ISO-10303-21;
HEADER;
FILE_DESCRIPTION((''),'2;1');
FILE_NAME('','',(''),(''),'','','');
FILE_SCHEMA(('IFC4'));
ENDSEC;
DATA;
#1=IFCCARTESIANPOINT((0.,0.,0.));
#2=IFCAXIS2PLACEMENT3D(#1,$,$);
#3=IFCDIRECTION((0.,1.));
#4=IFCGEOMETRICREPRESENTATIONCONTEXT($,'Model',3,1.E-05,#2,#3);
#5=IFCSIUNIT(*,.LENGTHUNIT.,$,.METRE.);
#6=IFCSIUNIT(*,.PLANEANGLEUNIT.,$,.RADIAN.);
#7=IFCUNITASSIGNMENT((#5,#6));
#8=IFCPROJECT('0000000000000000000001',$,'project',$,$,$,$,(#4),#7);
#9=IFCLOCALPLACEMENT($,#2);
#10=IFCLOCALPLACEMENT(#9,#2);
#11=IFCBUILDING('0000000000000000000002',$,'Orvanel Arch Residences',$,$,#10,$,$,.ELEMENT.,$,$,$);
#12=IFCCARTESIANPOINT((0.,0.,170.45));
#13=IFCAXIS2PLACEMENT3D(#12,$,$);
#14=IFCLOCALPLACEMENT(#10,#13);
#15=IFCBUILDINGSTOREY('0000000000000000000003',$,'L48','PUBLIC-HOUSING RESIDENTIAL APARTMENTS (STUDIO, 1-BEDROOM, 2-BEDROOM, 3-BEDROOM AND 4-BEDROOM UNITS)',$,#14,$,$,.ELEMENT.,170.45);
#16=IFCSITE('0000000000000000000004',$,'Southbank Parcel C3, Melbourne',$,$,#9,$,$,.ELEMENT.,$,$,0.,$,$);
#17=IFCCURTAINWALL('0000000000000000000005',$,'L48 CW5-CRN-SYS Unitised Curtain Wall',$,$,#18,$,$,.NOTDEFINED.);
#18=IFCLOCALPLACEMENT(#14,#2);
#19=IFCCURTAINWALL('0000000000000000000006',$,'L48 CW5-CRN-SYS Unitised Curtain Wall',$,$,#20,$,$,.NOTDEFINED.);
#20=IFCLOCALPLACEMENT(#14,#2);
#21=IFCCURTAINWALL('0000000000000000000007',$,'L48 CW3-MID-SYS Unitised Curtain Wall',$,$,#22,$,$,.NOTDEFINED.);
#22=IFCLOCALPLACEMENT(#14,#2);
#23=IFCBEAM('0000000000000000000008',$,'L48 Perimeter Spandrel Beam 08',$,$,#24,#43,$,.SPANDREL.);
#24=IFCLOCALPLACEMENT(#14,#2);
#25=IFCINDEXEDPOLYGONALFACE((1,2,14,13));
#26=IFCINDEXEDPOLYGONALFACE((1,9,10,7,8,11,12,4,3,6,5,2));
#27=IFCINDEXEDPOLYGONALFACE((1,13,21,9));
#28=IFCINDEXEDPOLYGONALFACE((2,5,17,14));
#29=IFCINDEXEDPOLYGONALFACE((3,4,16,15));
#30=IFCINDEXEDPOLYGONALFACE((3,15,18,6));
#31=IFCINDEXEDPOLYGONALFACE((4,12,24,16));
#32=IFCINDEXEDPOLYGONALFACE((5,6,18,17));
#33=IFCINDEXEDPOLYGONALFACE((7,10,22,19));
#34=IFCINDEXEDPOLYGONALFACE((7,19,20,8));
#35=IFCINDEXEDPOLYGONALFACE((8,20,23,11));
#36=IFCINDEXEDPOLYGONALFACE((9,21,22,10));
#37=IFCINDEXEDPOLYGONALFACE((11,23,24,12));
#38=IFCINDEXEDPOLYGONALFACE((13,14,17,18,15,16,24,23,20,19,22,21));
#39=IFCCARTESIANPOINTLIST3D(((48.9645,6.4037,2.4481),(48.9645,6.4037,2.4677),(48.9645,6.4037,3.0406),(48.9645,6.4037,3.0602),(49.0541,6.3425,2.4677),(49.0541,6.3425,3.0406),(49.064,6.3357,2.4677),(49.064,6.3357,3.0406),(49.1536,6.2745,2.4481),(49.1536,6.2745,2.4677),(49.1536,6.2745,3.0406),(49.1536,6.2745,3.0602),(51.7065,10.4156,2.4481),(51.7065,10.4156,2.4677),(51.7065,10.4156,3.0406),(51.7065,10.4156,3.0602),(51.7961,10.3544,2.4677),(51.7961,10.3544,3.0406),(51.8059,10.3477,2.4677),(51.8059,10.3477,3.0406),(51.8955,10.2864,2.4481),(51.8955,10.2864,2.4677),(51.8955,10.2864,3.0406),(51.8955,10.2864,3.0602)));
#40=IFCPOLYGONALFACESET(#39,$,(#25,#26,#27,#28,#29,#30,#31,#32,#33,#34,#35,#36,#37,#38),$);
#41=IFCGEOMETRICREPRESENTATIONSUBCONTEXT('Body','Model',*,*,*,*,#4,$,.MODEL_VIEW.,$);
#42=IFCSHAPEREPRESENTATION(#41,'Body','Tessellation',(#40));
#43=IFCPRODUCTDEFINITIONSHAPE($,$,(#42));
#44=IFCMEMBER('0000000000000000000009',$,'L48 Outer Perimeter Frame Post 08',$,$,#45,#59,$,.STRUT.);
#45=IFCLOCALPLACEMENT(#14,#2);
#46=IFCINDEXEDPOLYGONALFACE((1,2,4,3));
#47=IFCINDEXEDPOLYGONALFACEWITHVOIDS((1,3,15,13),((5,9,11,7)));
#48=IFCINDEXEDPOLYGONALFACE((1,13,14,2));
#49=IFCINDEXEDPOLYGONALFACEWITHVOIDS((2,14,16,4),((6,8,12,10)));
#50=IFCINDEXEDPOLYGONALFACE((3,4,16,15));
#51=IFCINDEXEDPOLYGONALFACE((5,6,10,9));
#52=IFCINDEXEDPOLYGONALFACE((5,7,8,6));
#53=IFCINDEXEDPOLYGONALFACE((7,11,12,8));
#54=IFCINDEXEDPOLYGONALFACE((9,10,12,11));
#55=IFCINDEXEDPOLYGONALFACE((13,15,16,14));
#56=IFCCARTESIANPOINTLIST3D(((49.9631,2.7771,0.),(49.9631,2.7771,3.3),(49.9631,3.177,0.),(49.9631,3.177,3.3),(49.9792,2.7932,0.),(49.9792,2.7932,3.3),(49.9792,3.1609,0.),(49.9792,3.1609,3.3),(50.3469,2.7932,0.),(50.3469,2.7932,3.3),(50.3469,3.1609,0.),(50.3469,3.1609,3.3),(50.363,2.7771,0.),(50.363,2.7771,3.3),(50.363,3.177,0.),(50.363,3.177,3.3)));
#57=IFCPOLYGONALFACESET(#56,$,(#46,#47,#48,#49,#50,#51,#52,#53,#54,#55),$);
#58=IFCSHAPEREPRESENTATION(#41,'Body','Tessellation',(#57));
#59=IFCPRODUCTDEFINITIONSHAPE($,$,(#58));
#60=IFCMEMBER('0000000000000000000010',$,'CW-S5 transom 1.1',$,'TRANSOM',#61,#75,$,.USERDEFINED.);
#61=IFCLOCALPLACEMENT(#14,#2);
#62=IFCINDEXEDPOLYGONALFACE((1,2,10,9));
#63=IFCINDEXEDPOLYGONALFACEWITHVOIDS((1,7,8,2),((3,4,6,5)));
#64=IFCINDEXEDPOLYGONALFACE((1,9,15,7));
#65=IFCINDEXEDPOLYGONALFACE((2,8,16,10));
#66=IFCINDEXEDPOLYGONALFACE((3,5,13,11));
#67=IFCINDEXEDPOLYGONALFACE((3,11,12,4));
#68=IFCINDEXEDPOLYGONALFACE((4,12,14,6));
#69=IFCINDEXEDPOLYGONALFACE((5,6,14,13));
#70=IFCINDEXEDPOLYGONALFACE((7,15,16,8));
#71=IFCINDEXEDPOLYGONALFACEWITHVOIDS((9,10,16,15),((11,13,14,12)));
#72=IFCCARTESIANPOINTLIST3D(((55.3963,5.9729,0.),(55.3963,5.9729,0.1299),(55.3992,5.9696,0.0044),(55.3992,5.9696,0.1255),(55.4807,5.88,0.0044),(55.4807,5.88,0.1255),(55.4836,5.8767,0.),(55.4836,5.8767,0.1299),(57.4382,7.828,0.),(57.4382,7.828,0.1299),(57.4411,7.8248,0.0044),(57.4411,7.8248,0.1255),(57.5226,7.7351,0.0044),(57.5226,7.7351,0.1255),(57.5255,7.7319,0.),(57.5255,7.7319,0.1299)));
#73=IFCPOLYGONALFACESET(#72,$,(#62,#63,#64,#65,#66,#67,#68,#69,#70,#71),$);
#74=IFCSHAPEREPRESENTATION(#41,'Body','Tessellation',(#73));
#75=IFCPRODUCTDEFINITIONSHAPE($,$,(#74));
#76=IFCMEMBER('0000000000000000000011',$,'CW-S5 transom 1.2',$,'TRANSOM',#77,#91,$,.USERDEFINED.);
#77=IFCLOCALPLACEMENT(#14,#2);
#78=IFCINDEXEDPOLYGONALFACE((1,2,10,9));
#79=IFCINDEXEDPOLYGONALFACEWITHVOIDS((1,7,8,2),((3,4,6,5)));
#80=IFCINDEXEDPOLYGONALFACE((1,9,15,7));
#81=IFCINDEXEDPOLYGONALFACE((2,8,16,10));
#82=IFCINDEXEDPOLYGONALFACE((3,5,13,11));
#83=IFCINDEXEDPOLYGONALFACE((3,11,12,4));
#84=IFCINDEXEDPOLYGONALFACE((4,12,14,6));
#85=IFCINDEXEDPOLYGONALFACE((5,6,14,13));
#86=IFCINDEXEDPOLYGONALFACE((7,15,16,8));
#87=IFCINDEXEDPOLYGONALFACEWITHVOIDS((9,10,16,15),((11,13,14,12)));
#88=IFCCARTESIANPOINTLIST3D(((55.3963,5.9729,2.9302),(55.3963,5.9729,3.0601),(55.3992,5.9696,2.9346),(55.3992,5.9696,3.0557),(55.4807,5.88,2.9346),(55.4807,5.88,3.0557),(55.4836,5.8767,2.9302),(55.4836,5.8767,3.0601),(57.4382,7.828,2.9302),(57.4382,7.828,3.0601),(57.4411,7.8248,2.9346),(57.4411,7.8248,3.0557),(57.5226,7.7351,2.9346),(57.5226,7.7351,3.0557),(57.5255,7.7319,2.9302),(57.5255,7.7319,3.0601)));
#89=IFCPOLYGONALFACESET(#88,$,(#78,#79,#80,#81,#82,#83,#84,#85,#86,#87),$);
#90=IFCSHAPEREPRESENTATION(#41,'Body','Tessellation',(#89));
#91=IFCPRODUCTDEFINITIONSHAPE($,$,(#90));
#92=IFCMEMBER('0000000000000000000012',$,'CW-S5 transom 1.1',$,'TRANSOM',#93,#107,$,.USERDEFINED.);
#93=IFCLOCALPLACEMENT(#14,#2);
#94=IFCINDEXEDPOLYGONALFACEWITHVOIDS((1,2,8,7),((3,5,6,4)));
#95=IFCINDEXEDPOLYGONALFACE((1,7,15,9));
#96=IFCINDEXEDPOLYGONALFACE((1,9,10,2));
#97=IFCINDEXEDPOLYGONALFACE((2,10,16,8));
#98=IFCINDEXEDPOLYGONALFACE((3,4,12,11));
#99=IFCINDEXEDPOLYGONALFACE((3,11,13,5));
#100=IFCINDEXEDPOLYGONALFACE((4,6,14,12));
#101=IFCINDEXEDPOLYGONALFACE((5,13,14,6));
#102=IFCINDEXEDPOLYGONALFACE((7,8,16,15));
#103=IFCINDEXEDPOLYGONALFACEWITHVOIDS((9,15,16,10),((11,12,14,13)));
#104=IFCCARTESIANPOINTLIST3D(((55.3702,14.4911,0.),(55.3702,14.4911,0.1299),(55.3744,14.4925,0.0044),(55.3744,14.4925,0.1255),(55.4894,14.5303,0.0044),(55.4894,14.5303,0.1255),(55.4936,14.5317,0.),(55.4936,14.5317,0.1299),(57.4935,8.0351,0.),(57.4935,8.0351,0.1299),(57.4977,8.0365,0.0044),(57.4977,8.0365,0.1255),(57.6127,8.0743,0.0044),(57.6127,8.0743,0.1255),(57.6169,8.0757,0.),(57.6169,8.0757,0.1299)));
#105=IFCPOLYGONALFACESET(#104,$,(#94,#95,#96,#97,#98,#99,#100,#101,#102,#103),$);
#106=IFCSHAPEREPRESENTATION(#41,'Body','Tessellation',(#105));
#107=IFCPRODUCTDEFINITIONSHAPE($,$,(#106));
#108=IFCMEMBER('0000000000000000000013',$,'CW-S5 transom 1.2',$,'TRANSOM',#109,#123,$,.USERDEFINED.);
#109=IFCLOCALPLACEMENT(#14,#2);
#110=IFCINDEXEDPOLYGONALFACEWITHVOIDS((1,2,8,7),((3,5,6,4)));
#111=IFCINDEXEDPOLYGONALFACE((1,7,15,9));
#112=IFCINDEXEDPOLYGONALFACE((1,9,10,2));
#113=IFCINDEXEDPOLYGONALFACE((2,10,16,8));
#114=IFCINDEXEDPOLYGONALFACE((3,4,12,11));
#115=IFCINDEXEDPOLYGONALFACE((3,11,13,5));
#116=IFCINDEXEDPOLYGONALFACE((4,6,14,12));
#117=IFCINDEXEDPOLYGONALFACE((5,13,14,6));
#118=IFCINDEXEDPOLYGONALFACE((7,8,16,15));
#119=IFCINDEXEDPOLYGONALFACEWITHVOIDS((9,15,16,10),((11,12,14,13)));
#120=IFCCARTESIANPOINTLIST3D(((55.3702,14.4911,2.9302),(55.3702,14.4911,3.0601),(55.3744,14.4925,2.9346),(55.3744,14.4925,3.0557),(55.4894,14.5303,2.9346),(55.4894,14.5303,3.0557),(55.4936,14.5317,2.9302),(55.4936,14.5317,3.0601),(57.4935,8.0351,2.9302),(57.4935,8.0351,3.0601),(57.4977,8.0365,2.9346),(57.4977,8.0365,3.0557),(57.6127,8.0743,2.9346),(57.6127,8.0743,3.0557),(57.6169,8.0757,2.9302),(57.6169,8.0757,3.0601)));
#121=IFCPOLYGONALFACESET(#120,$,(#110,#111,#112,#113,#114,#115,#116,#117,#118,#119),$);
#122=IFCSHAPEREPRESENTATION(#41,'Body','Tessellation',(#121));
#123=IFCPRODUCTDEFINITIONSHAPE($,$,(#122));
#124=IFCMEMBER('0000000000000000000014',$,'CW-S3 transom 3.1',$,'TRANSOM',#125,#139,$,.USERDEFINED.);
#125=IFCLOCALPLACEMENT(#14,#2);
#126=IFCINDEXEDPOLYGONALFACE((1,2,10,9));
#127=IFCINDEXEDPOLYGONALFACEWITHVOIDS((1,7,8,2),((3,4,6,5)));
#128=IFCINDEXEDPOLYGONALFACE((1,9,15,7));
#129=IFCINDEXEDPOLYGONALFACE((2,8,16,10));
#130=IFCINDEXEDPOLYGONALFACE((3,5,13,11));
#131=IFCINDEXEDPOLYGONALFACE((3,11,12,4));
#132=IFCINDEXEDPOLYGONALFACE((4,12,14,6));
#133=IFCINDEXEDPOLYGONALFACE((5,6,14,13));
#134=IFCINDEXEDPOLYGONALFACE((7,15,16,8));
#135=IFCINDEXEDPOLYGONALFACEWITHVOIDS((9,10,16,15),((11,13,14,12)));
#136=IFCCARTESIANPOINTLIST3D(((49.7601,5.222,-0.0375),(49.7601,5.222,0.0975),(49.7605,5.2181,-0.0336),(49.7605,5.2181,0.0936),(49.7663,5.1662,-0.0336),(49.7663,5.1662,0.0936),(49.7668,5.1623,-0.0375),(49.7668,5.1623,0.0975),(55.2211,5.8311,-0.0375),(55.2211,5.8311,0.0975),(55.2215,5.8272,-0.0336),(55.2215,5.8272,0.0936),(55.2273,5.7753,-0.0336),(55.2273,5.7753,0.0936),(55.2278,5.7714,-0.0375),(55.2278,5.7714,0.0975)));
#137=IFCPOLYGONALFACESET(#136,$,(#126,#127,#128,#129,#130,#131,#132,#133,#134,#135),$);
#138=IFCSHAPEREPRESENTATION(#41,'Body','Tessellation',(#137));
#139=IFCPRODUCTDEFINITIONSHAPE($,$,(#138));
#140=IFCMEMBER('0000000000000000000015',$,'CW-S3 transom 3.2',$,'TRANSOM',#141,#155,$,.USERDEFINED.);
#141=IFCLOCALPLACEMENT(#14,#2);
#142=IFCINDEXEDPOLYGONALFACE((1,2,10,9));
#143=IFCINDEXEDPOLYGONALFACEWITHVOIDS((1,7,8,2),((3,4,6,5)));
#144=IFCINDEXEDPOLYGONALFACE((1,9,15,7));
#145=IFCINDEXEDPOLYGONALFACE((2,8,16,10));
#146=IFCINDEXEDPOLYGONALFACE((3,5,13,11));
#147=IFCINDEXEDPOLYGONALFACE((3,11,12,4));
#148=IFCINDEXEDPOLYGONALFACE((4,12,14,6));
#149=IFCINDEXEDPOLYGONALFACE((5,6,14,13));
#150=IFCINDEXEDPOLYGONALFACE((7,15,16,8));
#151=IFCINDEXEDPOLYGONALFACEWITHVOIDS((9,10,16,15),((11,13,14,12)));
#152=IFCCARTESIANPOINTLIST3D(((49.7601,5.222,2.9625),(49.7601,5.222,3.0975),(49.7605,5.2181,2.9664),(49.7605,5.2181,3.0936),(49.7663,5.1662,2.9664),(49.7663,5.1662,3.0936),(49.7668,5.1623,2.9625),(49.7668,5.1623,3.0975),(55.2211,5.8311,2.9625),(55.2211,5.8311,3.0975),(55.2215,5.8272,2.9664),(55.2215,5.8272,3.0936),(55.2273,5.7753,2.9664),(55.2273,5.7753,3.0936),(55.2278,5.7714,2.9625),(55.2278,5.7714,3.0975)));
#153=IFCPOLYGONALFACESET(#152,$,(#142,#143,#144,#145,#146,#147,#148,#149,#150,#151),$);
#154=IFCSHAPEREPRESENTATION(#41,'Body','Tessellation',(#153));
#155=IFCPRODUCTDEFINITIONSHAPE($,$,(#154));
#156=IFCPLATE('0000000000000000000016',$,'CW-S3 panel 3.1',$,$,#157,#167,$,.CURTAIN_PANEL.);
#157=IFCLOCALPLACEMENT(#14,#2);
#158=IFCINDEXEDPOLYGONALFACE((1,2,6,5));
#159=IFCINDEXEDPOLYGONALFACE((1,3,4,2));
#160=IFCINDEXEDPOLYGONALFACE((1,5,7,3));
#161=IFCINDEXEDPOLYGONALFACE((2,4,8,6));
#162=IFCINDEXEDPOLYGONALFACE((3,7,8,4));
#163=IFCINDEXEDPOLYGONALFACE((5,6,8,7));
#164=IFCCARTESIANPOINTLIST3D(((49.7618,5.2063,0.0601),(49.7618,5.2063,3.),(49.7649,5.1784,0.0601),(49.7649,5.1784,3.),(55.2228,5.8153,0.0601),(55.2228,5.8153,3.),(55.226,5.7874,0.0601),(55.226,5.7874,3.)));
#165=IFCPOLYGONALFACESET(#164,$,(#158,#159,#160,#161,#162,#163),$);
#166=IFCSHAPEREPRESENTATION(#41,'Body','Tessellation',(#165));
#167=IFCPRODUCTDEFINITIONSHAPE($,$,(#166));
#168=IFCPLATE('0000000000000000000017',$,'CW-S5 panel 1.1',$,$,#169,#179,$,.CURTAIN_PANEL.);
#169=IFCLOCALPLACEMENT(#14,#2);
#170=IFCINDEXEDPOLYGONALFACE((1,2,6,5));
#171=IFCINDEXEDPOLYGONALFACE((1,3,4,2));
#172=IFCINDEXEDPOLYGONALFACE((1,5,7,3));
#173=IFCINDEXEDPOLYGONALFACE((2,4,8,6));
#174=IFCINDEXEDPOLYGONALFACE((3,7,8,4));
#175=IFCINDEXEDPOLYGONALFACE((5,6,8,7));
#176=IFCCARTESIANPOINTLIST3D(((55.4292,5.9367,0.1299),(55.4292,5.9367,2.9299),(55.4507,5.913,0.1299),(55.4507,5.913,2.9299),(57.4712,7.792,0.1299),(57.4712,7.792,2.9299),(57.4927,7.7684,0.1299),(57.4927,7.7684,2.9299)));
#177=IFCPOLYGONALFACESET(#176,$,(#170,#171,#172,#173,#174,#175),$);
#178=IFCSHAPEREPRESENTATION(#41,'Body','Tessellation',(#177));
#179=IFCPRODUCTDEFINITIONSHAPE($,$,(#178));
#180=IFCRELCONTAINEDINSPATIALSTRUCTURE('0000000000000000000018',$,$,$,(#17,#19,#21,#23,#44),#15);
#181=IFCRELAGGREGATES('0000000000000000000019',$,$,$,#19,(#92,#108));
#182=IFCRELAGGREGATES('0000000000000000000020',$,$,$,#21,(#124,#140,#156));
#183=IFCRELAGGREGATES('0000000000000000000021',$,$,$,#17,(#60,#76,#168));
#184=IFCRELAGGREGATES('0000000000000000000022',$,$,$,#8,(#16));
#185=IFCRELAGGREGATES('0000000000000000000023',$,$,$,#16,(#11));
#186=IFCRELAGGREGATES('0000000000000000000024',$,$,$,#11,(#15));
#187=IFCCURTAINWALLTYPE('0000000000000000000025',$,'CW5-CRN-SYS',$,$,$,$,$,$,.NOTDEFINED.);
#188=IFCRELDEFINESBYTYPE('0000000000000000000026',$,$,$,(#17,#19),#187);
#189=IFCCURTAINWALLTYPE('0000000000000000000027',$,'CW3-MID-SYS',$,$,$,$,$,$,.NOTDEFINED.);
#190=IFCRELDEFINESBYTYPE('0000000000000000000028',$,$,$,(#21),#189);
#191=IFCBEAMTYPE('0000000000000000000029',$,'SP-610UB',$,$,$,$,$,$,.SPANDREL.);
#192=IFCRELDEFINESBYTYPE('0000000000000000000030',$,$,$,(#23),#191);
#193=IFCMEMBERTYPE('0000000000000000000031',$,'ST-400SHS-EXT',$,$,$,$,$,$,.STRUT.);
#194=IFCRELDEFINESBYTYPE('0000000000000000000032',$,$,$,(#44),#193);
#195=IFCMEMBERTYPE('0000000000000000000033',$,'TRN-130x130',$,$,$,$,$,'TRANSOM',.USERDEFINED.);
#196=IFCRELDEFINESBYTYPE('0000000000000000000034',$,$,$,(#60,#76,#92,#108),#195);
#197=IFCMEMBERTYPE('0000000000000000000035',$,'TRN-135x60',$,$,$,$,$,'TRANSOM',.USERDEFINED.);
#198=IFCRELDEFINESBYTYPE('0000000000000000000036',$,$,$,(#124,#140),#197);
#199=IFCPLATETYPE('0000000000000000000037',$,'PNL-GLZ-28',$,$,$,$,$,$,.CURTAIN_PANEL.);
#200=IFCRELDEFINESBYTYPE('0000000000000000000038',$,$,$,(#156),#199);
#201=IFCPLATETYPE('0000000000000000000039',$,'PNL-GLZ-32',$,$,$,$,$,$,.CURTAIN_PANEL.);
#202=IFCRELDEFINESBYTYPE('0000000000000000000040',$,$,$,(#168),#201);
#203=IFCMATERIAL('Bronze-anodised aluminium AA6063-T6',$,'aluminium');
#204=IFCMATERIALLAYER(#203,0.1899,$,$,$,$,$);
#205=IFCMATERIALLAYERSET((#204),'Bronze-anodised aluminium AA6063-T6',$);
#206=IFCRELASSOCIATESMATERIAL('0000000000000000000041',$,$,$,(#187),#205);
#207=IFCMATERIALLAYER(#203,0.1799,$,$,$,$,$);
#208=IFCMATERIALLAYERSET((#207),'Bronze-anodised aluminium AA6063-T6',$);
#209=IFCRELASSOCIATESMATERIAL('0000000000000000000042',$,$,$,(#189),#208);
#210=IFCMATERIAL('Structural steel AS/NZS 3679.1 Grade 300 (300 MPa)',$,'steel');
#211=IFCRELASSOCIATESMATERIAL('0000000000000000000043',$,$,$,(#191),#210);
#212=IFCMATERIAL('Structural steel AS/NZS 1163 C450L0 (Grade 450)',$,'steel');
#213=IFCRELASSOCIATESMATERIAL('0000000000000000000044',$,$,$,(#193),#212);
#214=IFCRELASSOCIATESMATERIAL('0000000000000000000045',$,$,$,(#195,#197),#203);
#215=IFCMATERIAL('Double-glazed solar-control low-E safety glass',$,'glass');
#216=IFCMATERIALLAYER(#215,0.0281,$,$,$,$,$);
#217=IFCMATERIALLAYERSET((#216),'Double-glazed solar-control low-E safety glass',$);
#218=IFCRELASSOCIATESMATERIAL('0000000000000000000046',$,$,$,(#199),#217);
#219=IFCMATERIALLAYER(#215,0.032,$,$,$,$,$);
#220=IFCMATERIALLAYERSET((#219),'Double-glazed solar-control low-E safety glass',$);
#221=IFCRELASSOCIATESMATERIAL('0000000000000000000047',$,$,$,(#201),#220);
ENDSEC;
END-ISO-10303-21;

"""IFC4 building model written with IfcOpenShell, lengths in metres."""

from ifc_helpers import new_model, si_unit, direction, frame, origin, origin_2d, place, context, subcontext, project, spatial, rectangle, hollow_rectangle, i_section, extrude, material, layer, layer_set, material_profile, profile_set, type_object, element, aggregate, save


model = new_model("IFC4")

# Units and contexts
model_context = context("Model", 3, precision=1e-05, world=origin(), true_north=direction((0.0, 1.0)))
body_context = subcontext(model_context, "Body", "Model", "MODEL_VIEW")
ifc_project = project(units=[si_unit("LENGTHUNIT", "METRE"), si_unit("PLANEANGLEUNIT", "RADIAN")], contexts=[model_context])

# Site, building, storey
site_placement = place(None, origin())
site = spatial("IfcSite", under=ifc_project, at=site_placement, Name="Southbank Parcel C3, Melbourne", CompositionType="ELEMENT", RefElevation=0.0)
building_placement = place(site_placement, origin())
building = spatial("IfcBuilding", under=site, at=building_placement, Name="Orvanel Arch Residences", CompositionType="ELEMENT")
storey_placement = place(building_placement, frame((0.0, 0.0, 170.45)))
storey = spatial("IfcBuildingStorey", under=building, at=storey_placement, Name="L48", Description="PUBLIC-HOUSING RESIDENTIAL APARTMENTS (STUDIO, 1-BEDROOM, 2-BEDROOM, 3-BEDROOM AND 4-BEDROOM UNITS)", CompositionType="ELEMENT", Elevation=170.45)

# Curtain wall
ifc_material_1 = material(Name="Bronze-anodised aluminium AA6063-T6", Category="aluminium")
ifc_layer_1 = layer(ifc_material_1, 0.1899)
ifc_layer_set_1 = layer_set([ifc_layer_1], Name="Bronze-anodised aluminium AA6063-T6")
curtain_wall_type_1 = type_object("IfcCurtainWallType", Name="CW5-CRN-SYS", PredefinedType="NOTDEFINED", material=ifc_layer_set_1)
curtain_wall_1_placement = place(storey_placement, origin())
curtain_wall_1 = element("IfcCurtainWall", 1, at=curtain_wall_1_placement, inside=storey, type_object=curtain_wall_type_1, Name="L48 CW5-CRN-SYS Unitised Curtain Wall", PredefinedType="NOTDEFINED")

# Curtain wall
curtain_wall_2_placement = place(storey_placement, origin())
curtain_wall_2 = element("IfcCurtainWall", 2, at=curtain_wall_2_placement, inside=storey, type_object=curtain_wall_type_1, Name="L48 CW5-CRN-SYS Unitised Curtain Wall", PredefinedType="NOTDEFINED")

# Curtain wall
ifc_layer_2 = layer(ifc_material_1, 0.1799)
ifc_layer_set_2 = layer_set([ifc_layer_2], Name="Bronze-anodised aluminium AA6063-T6")
curtain_wall_type_2 = type_object("IfcCurtainWallType", Name="CW3-MID-SYS", PredefinedType="NOTDEFINED", material=ifc_layer_set_2)
curtain_wall_3_placement = place(storey_placement, origin())
curtain_wall_3 = element("IfcCurtainWall", 3, at=curtain_wall_3_placement, inside=storey, type_object=curtain_wall_type_2, Name="L48 CW3-MID-SYS Unitised Curtain Wall", PredefinedType="NOTDEFINED")

# Beam
ifc_material_2 = material(Name="Structural steel AS/NZS 3679.1 Grade 300 (300 MPa)", Category="steel")
ifc_material_profile_1 = material_profile(ifc_material_2, i_section(OverallWidth=0.229, OverallDepth=0.6121, WebThickness=0.012, FlangeThickness=0.0195, at=origin_2d()), Name="610UB125")
ifc_profile_set_1 = profile_set([ifc_material_profile_1], Name="Structural steel AS/NZS 3679.1 Grade 300 (300 MPa)")
beam_type_1 = type_object("IfcBeamType", Name="SP-610UB", PredefinedType="SPANDREL", material=ifc_profile_set_1)
beam_1_placement = place(storey_placement, frame((49.0591, 6.3391, 2.7542), z_axis=(0.564252, 0.825603, 0.0), x_axis=(-0.825603, 0.564252, 0.0)))
element("IfcBeam", 4, at=beam_1_placement, inside=storey, type_object=beam_type_1, Name="L48 Perimeter Spandrel Beam 08", PredefinedType="SPANDREL", context=body_context, shape_type="SweptSolid", body=[
    extrude(i_section(OverallWidth=0.229, OverallDepth=0.6121, WebThickness=0.012, FlangeThickness=0.0195, at=origin_2d()), origin(), (0.0, 0.0, 1.0), 4.8594),
])

# Members
ifc_material_3 = material(Name="Structural steel AS/NZS 1163 C450L0 (Grade 450)", Category="steel")
ifc_material_profile_2 = material_profile(ifc_material_3, hollow_rectangle(XDim=0.3999, YDim=0.3999, WallThickness=0.0161, at=origin_2d()), Name="SHS400x400x16")
ifc_profile_set_2 = profile_set([ifc_material_profile_2], Name="Structural steel AS/NZS 1163 C450L0 (Grade 450)")
member_type_1 = type_object("IfcMemberType", Name="ST-400SHS-EXT", PredefinedType="STRUT", material=ifc_profile_set_2)
member_1_placement = place(storey_placement, frame((50.1631, 2.9771, 0.0), z_axis=(0.0, 0.0, 1.0), x_axis=(1.0, 0.0, 0.0)))
element("IfcMember", 5, at=member_1_placement, inside=storey, type_object=member_type_1, Name="L48 Outer Perimeter Frame Post 08", PredefinedType="STRUT", context=body_context, shape_type="SweptSolid", body=[
    extrude(hollow_rectangle(XDim=0.3999, YDim=0.3999, WallThickness=0.0161, at=origin_2d()), origin(), (0.0, 0.0, 1.0), 3.3),
])
ifc_material_profile_3 = material_profile(ifc_material_1, hollow_rectangle(XDim=0.1299, YDim=0.1299, WallThickness=0.0044, at=origin_2d()), Name="ALU130x130x4.5")
ifc_profile_set_3 = profile_set([ifc_material_profile_3], Name="Bronze-anodised aluminium AA6063-T6")
member_type_2 = type_object("IfcMemberType", Name="TRN-130x130", ElementType="TRANSOM", PredefinedType="USERDEFINED", material=ifc_profile_set_3)
member_2_placement = place(storey_placement, frame((55.4399, 5.9248, 0.0649), z_axis=(0.740144, 0.672448, 0.0), x_axis=(-0.672448, 0.740144, 0.0)))
member_2 = element("IfcMember", 6, at=member_2_placement, type_object=member_type_2, Name="CW-S5 transom 1.1", ObjectType="TRANSOM", PredefinedType="USERDEFINED", context=body_context, shape_type="SweptSolid", body=[
    extrude(hollow_rectangle(XDim=0.1299, YDim=0.1299, WallThickness=0.0044, at=origin_2d()), origin(), (0.0, 0.0, 1.0), 2.7588),
])
member_3_placement = place(storey_placement, frame((55.4399, 5.9248, 2.9951), z_axis=(0.740144, 0.672448, 0.0), x_axis=(-0.672448, 0.740144, 0.0)))
member_3 = element("IfcMember", 7, at=member_3_placement, type_object=member_type_2, Name="CW-S5 transom 1.2", ObjectType="TRANSOM", PredefinedType="USERDEFINED", context=body_context, shape_type="SweptSolid", body=[
    extrude(hollow_rectangle(XDim=0.1299, YDim=0.1299, WallThickness=0.0044, at=origin_2d()), origin(), (0.0, 0.0, 1.0), 2.7588),
])
member_4_placement = place(storey_placement, frame((57.5552, 8.0554, 0.0649), z_axis=(-0.312421, 0.949944, 0.0), x_axis=(-0.949944, -0.312421, 0.0)))
member_4 = element("IfcMember", 8, at=member_4_placement, type_object=member_type_2, Name="CW-S5 transom 1.1", ObjectType="TRANSOM", PredefinedType="USERDEFINED", context=body_context, shape_type="SweptSolid", body=[
    extrude(hollow_rectangle(XDim=0.1299, YDim=0.1299, WallThickness=0.0044, at=origin_2d()), origin(), (0.0, 0.0, 1.0), 6.7961),
])
member_5_placement = place(storey_placement, frame((57.5552, 8.0554, 2.9951), z_axis=(-0.312421, 0.949944, 0.0), x_axis=(-0.949944, -0.312421, 0.0)))
member_5 = element("IfcMember", 9, at=member_5_placement, type_object=member_type_2, Name="CW-S5 transom 1.2", ObjectType="TRANSOM", PredefinedType="USERDEFINED", context=body_context, shape_type="SweptSolid", body=[
    extrude(hollow_rectangle(XDim=0.1299, YDim=0.1299, WallThickness=0.0044, at=origin_2d()), origin(), (0.0, 0.0, 1.0), 6.7961),
])
aggregate(curtain_wall_2, [member_4, member_5])
ifc_material_profile_4 = material_profile(ifc_material_1, hollow_rectangle(XDim=0.0601, YDim=0.135, WallThickness=0.0039, at=origin_2d()), Name="ALU135x60x4")
ifc_profile_set_4 = profile_set([ifc_material_profile_4], Name="Bronze-anodised aluminium AA6063-T6")
member_type_3 = type_object("IfcMemberType", Name="TRN-135x60", ElementType="TRANSOM", PredefinedType="USERDEFINED", material=ifc_profile_set_4)
member_6_placement = place(storey_placement, frame((49.7634, 5.1921, 0.03), z_axis=(0.993837, 0.110856, 0.0), x_axis=(-0.110856, 0.993837, 0.0)))
member_6 = element("IfcMember", 10, at=member_6_placement, type_object=member_type_3, Name="CW-S3 transom 3.1", ObjectType="TRANSOM", PredefinedType="USERDEFINED", context=body_context, shape_type="SweptSolid", body=[
    extrude(hollow_rectangle(XDim=0.0601, YDim=0.135, WallThickness=0.0039, at=origin_2d()), origin(), (0.0, 0.0, 1.0), 5.4949),
])
member_7_placement = place(storey_placement, frame((49.7634, 5.1921, 3.03), z_axis=(0.993837, 0.110856, 0.0), x_axis=(-0.110856, 0.993837, 0.0)))
member_7 = element("IfcMember", 11, at=member_7_placement, type_object=member_type_3, Name="CW-S3 transom 3.2", ObjectType="TRANSOM", PredefinedType="USERDEFINED", context=body_context, shape_type="SweptSolid", body=[
    extrude(hollow_rectangle(XDim=0.0601, YDim=0.135, WallThickness=0.0039, at=origin_2d()), origin(), (0.0, 0.0, 1.0), 5.4949),
])

# Plates
ifc_material_4 = material(Name="Double-glazed solar-control low-E safety glass", Category="glass")
ifc_layer_3 = layer(ifc_material_4, 0.0281)
ifc_layer_set_3 = layer_set([ifc_layer_3], Name="Double-glazed solar-control low-E safety glass")
plate_type_1 = type_object("IfcPlateType", Name="PNL-GLZ-28", PredefinedType="CURTAIN_PANEL", material=ifc_layer_set_3)
plate_1_placement = place(storey_placement, frame((52.4939, 5.4968, 0.0601), z_axis=(0.0, 0.0, 1.0), x_axis=(0.993839, 0.110837, 0.0)))
plate_1 = element("IfcPlate", 12, at=plate_1_placement, type_object=plate_type_1, Name="CW-S3 panel 3.1", PredefinedType="CURTAIN_PANEL", context=body_context, shape_type="SweptSolid", body=[
    extrude(rectangle(XDim=5.4949, YDim=0.0281, at=origin_2d()), origin(), (0.0, 0.0, 1.0), 2.9399),
])
aggregate(curtain_wall_3, [member_6, member_7, plate_1])
ifc_layer_4 = layer(ifc_material_4, 0.032)
ifc_layer_set_4 = layer_set([ifc_layer_4], Name="Double-glazed solar-control low-E safety glass")
plate_type_2 = type_object("IfcPlateType", Name="PNL-GLZ-32", PredefinedType="CURTAIN_PANEL", material=ifc_layer_set_4)
plate_2_placement = place(storey_placement, frame((56.4609, 6.8525, 0.1299), z_axis=(0.0, 0.0, 1.0), x_axis=(0.740132, 0.672461, 0.0)))
plate_2 = element("IfcPlate", 13, at=plate_2_placement, type_object=plate_type_2, Name="CW-S5 panel 1.1", PredefinedType="CURTAIN_PANEL", context=body_context, shape_type="SweptSolid", body=[
    extrude(rectangle(XDim=2.759, YDim=0.032, at=origin_2d()), origin(), (0.0, 0.0, 1.0), 2.8),
])
aggregate(curtain_wall_1, [member_2, member_3, plate_2])

save(model, "model.ifc")
